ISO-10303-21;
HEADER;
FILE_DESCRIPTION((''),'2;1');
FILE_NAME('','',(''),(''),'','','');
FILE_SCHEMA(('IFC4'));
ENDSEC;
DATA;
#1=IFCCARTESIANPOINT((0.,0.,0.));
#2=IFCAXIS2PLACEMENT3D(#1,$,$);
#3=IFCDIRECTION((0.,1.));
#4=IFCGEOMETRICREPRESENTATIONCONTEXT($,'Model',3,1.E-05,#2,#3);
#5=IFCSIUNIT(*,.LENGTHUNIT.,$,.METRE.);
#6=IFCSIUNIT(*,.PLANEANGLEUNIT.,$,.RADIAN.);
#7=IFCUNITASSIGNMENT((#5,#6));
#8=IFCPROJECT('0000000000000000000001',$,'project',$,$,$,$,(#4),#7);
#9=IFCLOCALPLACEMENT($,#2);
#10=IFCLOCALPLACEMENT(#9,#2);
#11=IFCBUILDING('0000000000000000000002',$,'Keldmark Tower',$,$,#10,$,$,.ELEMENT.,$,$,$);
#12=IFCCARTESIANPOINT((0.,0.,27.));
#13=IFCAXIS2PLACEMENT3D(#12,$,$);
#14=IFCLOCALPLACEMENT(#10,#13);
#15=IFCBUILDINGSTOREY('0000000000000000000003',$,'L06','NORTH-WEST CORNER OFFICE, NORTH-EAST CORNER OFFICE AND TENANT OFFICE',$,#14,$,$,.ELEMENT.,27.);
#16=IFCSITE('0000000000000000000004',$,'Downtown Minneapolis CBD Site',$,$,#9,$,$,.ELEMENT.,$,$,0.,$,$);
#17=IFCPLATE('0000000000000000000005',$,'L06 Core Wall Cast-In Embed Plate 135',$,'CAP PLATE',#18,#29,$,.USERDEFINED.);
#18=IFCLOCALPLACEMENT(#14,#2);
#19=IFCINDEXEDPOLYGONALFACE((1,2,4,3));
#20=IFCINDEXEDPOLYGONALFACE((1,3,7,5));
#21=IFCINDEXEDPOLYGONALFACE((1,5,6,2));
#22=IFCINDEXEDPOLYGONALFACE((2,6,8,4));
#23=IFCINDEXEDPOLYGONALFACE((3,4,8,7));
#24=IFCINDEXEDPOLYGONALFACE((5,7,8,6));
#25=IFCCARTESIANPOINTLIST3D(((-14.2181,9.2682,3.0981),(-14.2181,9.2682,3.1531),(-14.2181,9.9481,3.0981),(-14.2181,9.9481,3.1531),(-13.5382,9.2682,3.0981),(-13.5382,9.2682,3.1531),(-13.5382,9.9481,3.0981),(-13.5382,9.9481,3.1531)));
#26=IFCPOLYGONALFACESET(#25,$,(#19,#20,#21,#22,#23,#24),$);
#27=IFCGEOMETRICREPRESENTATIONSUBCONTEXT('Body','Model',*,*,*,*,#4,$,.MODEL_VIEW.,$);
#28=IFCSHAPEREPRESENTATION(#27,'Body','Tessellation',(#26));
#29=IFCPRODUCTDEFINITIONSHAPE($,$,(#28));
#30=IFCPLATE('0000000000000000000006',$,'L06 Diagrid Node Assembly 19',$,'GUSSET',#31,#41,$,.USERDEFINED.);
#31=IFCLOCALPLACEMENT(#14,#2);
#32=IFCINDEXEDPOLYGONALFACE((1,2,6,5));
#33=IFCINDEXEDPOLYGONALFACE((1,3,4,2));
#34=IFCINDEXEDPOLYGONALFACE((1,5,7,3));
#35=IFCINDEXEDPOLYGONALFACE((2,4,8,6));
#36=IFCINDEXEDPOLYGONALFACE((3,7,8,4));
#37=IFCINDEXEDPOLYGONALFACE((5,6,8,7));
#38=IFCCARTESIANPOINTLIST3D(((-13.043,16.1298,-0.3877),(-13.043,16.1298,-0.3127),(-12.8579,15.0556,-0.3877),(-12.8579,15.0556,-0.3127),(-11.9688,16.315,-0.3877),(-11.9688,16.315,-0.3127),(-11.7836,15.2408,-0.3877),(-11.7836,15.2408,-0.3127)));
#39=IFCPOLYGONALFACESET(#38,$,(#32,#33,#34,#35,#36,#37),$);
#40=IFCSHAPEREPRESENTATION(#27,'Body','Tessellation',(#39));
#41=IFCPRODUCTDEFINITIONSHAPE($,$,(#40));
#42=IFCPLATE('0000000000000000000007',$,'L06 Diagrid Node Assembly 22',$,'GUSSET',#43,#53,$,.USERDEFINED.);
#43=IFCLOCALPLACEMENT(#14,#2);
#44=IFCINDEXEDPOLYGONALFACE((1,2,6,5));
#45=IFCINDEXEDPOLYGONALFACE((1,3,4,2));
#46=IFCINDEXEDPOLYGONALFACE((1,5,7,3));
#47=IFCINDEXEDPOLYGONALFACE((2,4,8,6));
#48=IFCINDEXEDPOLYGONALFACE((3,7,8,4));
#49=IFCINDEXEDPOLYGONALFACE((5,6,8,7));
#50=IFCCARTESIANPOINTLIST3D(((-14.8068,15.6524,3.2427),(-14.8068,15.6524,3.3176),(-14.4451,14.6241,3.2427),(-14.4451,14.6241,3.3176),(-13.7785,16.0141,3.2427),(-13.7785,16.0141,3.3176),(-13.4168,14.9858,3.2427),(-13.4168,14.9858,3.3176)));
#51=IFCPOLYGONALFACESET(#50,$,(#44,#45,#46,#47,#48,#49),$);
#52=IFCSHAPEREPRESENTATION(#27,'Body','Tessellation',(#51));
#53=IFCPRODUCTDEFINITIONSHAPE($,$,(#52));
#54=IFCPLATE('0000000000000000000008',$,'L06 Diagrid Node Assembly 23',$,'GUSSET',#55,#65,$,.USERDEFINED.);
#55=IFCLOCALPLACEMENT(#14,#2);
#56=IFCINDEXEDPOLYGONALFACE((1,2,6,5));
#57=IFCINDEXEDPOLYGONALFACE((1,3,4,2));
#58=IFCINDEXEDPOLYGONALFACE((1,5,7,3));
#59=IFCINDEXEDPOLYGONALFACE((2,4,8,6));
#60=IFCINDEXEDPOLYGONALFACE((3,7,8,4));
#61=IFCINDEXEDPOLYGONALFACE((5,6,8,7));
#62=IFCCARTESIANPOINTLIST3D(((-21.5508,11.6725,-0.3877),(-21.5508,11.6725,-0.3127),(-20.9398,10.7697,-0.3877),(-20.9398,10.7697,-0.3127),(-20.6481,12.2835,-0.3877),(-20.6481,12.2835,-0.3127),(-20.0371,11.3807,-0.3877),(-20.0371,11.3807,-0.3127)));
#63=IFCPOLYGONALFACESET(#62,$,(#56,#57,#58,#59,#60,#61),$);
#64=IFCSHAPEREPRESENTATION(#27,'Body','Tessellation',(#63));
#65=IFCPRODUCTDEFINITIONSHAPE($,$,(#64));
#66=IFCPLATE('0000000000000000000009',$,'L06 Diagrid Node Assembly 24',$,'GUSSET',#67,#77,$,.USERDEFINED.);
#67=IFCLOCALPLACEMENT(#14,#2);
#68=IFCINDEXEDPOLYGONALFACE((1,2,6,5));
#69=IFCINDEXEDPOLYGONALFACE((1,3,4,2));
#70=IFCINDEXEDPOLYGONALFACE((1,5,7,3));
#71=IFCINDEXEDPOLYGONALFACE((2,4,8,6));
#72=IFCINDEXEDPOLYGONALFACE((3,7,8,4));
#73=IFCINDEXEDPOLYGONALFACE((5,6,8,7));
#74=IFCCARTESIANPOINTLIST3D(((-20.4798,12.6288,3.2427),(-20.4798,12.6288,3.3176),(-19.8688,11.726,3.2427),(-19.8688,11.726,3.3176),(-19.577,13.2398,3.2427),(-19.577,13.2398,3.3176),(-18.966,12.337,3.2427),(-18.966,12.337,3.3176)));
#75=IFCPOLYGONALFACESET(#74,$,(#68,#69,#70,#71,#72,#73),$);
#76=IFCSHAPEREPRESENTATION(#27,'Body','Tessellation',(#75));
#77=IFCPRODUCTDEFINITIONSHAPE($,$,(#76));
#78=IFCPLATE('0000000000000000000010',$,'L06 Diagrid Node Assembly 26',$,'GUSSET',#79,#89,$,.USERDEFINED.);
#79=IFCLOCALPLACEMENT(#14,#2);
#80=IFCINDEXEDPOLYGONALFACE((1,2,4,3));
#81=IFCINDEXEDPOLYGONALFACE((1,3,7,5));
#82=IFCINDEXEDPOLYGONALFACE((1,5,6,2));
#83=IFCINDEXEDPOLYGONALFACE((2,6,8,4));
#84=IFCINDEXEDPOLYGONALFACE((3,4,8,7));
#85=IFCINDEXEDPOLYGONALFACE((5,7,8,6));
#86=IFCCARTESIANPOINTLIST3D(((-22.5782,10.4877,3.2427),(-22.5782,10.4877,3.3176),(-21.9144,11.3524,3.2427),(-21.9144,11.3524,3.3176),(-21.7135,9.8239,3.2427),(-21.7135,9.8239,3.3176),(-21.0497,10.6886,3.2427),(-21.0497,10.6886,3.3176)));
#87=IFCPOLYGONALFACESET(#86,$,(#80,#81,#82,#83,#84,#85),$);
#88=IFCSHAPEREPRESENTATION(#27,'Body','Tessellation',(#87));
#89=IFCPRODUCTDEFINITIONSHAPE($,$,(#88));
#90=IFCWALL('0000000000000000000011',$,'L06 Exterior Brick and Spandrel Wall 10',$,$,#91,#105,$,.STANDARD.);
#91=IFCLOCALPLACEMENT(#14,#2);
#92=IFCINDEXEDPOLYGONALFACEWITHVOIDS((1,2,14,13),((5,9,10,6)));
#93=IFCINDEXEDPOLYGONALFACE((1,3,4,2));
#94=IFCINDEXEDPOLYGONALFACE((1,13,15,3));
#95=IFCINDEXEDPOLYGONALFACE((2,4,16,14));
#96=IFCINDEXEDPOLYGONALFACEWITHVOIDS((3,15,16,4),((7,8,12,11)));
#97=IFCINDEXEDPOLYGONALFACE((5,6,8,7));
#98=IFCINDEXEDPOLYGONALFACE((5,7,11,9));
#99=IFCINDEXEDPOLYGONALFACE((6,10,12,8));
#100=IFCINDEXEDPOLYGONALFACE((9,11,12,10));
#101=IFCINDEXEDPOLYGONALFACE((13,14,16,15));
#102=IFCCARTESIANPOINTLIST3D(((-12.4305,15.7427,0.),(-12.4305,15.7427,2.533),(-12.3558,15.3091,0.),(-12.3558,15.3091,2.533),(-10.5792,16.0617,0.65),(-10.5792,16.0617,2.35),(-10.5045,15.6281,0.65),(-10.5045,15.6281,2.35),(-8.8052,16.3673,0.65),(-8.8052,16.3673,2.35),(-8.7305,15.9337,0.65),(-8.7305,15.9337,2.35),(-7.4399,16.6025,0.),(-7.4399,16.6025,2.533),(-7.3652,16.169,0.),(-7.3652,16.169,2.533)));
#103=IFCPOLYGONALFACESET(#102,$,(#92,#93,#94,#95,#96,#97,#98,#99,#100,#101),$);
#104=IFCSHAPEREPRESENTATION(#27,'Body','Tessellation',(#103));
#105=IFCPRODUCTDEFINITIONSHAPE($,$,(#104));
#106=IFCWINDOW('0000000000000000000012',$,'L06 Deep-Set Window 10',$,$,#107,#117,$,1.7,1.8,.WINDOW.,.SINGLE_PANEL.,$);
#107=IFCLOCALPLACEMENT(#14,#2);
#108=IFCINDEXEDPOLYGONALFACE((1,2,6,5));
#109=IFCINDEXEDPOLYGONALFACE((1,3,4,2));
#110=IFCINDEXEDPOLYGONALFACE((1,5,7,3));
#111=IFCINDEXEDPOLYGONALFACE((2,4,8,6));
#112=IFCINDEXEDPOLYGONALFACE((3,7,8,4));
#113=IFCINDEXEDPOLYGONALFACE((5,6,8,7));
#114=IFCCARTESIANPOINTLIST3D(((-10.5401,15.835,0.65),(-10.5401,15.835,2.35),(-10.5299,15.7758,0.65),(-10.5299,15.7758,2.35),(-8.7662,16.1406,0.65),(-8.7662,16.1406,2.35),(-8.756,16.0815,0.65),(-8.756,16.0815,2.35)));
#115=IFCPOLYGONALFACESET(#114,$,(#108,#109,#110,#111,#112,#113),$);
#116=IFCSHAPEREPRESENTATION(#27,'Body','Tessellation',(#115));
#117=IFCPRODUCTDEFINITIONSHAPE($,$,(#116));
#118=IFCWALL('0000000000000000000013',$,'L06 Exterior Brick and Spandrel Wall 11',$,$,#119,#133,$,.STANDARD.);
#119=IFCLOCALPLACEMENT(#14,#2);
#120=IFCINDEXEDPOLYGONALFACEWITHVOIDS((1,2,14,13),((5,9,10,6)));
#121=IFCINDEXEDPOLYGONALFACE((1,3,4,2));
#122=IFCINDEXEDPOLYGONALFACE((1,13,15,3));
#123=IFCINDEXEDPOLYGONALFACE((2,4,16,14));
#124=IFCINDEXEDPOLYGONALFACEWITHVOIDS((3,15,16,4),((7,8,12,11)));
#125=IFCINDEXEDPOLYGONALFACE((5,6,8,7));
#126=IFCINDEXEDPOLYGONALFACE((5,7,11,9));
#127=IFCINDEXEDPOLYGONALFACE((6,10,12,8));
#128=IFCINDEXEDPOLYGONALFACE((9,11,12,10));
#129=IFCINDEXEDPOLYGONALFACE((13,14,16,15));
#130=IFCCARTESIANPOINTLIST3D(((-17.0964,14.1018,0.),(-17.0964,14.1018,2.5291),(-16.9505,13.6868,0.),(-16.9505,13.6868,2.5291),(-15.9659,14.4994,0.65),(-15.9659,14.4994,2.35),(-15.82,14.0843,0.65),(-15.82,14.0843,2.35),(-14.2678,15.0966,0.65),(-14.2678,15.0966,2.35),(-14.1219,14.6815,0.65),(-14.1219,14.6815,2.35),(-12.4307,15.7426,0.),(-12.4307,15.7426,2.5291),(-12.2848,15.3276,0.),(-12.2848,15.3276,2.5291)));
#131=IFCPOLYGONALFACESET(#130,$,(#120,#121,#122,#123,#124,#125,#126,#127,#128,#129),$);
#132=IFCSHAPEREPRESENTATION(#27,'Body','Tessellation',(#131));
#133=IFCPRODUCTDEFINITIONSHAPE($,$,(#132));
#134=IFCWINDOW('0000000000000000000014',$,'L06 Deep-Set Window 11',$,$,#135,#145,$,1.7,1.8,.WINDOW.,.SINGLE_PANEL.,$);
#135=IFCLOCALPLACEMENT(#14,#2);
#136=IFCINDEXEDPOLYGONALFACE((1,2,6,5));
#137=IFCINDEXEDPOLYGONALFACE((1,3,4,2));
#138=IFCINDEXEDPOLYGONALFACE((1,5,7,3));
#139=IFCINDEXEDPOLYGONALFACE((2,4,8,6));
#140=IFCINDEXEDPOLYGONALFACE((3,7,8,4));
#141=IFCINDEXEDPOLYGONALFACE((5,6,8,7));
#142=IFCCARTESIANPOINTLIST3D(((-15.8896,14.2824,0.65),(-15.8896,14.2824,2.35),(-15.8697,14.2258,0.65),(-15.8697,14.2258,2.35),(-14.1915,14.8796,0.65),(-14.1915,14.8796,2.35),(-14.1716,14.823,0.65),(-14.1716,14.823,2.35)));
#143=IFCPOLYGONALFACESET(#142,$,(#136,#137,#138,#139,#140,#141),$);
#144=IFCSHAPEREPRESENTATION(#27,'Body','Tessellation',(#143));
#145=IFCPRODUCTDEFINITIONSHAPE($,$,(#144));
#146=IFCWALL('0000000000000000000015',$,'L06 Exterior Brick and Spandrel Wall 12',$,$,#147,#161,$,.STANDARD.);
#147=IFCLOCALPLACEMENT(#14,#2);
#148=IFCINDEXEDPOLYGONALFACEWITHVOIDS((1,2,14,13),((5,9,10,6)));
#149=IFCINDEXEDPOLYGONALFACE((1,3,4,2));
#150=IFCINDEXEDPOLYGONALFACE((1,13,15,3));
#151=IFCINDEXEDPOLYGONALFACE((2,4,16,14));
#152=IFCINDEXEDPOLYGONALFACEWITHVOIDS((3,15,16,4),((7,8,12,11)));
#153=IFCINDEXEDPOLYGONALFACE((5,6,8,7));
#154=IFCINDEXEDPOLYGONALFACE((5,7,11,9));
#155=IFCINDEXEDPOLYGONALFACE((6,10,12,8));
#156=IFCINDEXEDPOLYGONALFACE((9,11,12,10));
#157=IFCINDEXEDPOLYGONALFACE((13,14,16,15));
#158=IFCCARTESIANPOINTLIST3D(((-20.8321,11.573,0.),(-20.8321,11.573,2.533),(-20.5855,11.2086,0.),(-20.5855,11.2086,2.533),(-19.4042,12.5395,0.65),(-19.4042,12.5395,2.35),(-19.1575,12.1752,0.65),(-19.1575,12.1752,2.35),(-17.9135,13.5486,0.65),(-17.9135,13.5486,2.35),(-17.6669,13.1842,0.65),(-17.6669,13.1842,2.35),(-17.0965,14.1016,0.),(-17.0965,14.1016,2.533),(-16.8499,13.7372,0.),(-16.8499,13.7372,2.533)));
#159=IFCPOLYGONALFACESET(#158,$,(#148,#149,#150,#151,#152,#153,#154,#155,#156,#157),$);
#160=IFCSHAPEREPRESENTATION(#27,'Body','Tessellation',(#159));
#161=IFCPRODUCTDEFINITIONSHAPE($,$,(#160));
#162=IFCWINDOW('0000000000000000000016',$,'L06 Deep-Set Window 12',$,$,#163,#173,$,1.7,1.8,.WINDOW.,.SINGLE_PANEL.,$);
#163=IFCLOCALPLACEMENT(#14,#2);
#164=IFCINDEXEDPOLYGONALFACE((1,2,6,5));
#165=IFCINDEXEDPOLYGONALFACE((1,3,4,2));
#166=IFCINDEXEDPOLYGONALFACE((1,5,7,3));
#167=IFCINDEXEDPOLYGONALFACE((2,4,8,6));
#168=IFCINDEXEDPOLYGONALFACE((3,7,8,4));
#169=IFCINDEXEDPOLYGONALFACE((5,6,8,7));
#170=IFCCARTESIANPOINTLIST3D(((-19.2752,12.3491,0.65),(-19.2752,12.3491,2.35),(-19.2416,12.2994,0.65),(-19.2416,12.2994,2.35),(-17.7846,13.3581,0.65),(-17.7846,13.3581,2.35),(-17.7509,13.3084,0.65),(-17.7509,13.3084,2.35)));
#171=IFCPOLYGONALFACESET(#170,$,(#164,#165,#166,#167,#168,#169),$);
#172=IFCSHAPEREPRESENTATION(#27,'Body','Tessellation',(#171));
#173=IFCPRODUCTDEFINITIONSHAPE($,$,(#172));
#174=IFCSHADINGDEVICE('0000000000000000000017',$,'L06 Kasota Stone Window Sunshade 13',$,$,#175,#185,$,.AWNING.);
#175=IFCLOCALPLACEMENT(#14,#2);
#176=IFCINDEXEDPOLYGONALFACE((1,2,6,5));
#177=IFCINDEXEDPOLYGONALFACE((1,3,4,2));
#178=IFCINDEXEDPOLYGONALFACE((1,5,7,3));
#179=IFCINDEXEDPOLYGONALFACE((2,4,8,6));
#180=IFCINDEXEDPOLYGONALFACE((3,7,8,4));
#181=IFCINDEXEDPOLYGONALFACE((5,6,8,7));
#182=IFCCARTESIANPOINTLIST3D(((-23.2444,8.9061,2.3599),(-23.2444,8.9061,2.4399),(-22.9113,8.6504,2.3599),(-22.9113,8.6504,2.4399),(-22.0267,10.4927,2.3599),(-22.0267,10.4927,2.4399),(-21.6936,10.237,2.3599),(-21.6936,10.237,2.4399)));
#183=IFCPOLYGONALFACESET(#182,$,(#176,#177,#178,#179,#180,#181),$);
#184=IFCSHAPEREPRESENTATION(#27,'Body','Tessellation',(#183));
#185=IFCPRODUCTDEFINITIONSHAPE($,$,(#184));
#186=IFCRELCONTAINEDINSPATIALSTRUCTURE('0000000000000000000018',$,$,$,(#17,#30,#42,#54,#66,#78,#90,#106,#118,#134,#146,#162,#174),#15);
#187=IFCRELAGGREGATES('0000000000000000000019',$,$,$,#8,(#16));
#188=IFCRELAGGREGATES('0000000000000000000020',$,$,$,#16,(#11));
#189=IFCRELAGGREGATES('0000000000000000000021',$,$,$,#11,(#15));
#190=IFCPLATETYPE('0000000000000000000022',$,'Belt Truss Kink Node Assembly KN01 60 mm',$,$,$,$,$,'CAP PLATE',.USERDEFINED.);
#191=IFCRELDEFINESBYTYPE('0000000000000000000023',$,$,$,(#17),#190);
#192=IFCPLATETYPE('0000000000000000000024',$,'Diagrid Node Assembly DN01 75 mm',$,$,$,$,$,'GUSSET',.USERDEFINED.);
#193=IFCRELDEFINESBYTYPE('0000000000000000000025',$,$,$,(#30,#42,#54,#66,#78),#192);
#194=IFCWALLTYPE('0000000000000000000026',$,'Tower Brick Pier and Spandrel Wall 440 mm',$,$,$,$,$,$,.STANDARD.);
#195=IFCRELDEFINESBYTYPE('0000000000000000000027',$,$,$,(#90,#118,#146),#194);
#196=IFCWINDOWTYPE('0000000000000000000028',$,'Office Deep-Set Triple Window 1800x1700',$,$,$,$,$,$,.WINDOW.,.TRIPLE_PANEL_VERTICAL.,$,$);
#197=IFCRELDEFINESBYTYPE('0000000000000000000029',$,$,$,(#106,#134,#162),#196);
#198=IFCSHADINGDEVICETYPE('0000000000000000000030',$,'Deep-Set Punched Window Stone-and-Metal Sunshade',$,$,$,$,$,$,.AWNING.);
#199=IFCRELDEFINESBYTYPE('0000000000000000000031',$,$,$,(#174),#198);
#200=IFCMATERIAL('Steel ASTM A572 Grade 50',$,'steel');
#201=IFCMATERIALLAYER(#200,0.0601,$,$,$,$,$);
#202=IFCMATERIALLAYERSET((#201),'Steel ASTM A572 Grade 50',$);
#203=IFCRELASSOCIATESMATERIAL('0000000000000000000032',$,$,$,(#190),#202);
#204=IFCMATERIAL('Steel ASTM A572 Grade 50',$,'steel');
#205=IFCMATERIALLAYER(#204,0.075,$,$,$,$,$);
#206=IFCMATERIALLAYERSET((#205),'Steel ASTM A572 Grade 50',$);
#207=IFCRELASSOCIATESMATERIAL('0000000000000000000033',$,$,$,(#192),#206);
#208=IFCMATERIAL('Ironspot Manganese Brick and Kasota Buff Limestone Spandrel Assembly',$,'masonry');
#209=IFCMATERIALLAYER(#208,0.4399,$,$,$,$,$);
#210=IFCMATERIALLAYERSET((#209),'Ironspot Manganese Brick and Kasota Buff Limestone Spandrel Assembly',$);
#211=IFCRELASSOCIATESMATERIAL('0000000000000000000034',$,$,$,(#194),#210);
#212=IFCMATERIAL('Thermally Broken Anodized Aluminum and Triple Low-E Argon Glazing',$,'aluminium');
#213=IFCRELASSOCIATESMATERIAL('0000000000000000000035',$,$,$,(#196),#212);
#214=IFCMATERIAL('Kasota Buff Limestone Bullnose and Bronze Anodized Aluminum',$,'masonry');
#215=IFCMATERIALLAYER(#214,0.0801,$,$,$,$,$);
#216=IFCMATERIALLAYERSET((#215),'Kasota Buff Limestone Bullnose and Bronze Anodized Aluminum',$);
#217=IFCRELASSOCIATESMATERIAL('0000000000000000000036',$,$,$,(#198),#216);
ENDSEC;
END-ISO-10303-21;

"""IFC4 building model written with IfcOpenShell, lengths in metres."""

from ifc_helpers import new_model, si_unit, direction, frame, frame_2d, origin, origin_2d, place, context, subcontext, project, spatial, rectangle, extrude, material, layer, layer_set, type_object, element, fill, save


model = new_model("IFC4")

# Units and contexts
model_context = context("Model", 3, precision=1e-05, world=origin(), true_north=direction((0.0, 1.0)))
body_context = subcontext(model_context, "Body", "Model", "MODEL_VIEW")
ifc_project = project(units=[si_unit("LENGTHUNIT", "METRE"), si_unit("PLANEANGLEUNIT", "RADIAN")], contexts=[model_context])

# Site, building, storey
site_placement = place(None, origin())
site = spatial("IfcSite", under=ifc_project, at=site_placement, Name="Downtown Minneapolis CBD Site", CompositionType="ELEMENT", RefElevation=0.0)
building_placement = place(site_placement, origin())
building = spatial("IfcBuilding", under=site, at=building_placement, Name="Keldmark Tower", CompositionType="ELEMENT")
storey_placement = place(building_placement, frame((0.0, 0.0, 27.0)))
storey = spatial("IfcBuildingStorey", under=building, at=storey_placement, Name="L06", Description="NORTH-WEST CORNER OFFICE, NORTH-EAST CORNER OFFICE AND TENANT OFFICE", CompositionType="ELEMENT", Elevation=27.0)

# Plates
ifc_material_1 = material(Name="Steel ASTM A572 Grade 50", Category="steel")
ifc_layer_1 = layer(ifc_material_1, 0.0601)
ifc_layer_set_1 = layer_set([ifc_layer_1], Name="Steel ASTM A572 Grade 50")
plate_type_1 = type_object("IfcPlateType", Name="Belt Truss Kink Node Assembly KN01 60 mm", ElementType="CAP PLATE", PredefinedType="USERDEFINED", material=ifc_layer_set_1)
plate_placement = place(storey_placement, frame((-13.8782, 9.6082, 3.0981), z_axis=(0.0, 0.0, 1.0), x_axis=(1.0, 0.0, 0.0)))
element("IfcPlate", 1, at=plate_placement, inside=storey, type_object=plate_type_1, Name="L06 Core Wall Cast-In Embed Plate 135", ObjectType="CAP PLATE", PredefinedType="USERDEFINED", context=body_context, shape_type="SweptSolid", body=[
    extrude(rectangle(XDim=0.6799, YDim=0.6799, at=origin_2d()), origin(), (0.0, 0.0, 1.0), 0.0549),
])
ifc_material_2 = material(Name="Steel ASTM A572 Grade 50", Category="steel")
ifc_layer_2 = layer(ifc_material_2, 0.075)
ifc_layer_set_2 = layer_set([ifc_layer_2], Name="Steel ASTM A572 Grade 50")
plate_type_2 = type_object("IfcPlateType", Name="Diagrid Node Assembly DN01 75 mm", ElementType="GUSSET", PredefinedType="USERDEFINED", material=ifc_layer_set_2)
for number, where, z_axis, x_axis, name in (
    (2, (-12.4133, 15.6853, -0.3877), (0.0, 0.0, 1.0), (-0.985467, -0.169866, 0.0), "L06 Diagrid Node Assembly 19"),
    (3, (-14.1118, 15.3191, 3.2427), (0.0, 0.0, 1.0), (-0.943339, -0.331832, 0.0), "L06 Diagrid Node Assembly 22"),
    (4, (-20.7939, 11.5266, -0.3877), (0.0, 0.0, 1.0), (-0.828158, -0.560494, 0.0), "L06 Diagrid Node Assembly 23"),
    (5, (-19.7229, 12.4829, 3.2427), (0.0, 0.0, 1.0), (-0.828158, -0.560494, 0.0), "L06 Diagrid Node Assembly 24"),
    (6, (-21.814, 10.5881, 3.2427), (0.0, 0.0, 1.0), (-0.6089, -0.793247, 0.0), "L06 Diagrid Node Assembly 26"),
):
    element("IfcPlate", number, at=place(storey_placement, frame(where, z_axis=z_axis, x_axis=x_axis)), inside=storey, type_object=plate_type_2, Name=name, ObjectType="GUSSET", PredefinedType="USERDEFINED", context=body_context, shape_type="SweptSolid", body=[
        extrude(rectangle(XDim=1.0901, YDim=1.0901, at=origin_2d()), origin(), (0.0, 0.0, 1.0), 0.075),
    ])

# Walls, openings, windows
ifc_material_3 = material(Name="Ironspot Manganese Brick and Kasota Buff Limestone Spandrel Assembly", Category="masonry")
ifc_layer_3 = layer(ifc_material_3, 0.4399)
ifc_layer_set_3 = layer_set([ifc_layer_3], Name="Ironspot Manganese Brick and Kasota Buff Limestone Spandrel Assembly")
wall_type = type_object("IfcWallType", Name="Tower Brick Pier and Spandrel Wall 440 mm", PredefinedType="STANDARD", material=ifc_layer_set_3)
wall_1_placement = place(storey_placement, frame((-12.3933, 15.5259, 0.0), z_axis=(0.0, 0.0, 1.0), x_axis=(0.98548, 0.169791, 0.0)))
wall_1 = element("IfcWall", 7, at=wall_1_placement, inside=storey, type_object=wall_type, Name="L06 Exterior Brick and Spandrel Wall 10", PredefinedType="STANDARD", context=body_context, shape_type="SweptSolid", body=[
    extrude(rectangle(XDim=5.0642, YDim=0.4399, at=frame_2d((2.5322, 0.0))), origin(), (0.0, 0.0, 1.0), 2.533),
])
opening_1_placement = place(wall_1_placement, frame((1.8789, 0.0, 0.6499)))
opening_1 = element("IfcOpeningElement", 8, at=opening_1_placement, cuts=wall_1, PredefinedType="OPENING", context=body_context, shape_type="SweptSolid", body=[
    extrude(rectangle(XDim=1.8, YDim=1.7, at=frame_2d((0.8999, 0.8501))), frame((0.0, 0.23, 0.0), z_axis=(0.0, -1.0, 0.0), x_axis=(1.0, 0.0, 0.0)), (0.0, 0.0, 1.0), 0.46),
])
ifc_material_4 = material(Name="Thermally Broken Anodized Aluminum and Triple Low-E Argon Glazing", Category="aluminium")
window_type = type_object("IfcWindowType", Name="Office Deep-Set Triple Window 1800x1700", PartitioningType="TRIPLE_PANEL_VERTICAL", PredefinedType="WINDOW", material=ifc_material_4)
window_1_placement = place(opening_1_placement, origin())
window_1 = element("IfcWindow", 9, at=window_1_placement, inside=storey, type_object=window_type, Name="L06 Deep-Set Window 10", OverallHeight=1.7, OverallWidth=1.8, PartitioningType="SINGLE_PANEL", PredefinedType="WINDOW", context=body_context, shape_type="SweptSolid", body=[
    extrude(rectangle(XDim=1.8, YDim=1.7, at=frame_2d((0.8999, 0.8501))), frame((0.0, -0.01, 0.0), z_axis=(0.0, -1.0, 0.0), x_axis=(1.0, 0.0, 0.0)), (0.0, 0.0, 1.0), 0.0601),
])
fill(opening_1, window_1)
wall_2_placement = place(storey_placement, frame((-17.0234, 13.8943, 0.0), z_axis=(0.0, 0.0, 1.0), x_axis=(0.943362, 0.331764, 0.0)))
wall_2 = element("IfcWall", 10, at=wall_2_placement, inside=storey, type_object=wall_type, Name="L06 Exterior Brick and Spandrel Wall 11", PredefinedType="STANDARD", context=body_context, shape_type="SweptSolid", body=[
    extrude(rectangle(XDim=4.9458, YDim=0.4399, at=frame_2d((2.4729, 0.0))), origin(), (0.0, 0.0, 1.0), 2.5291),
])
opening_2_placement = place(wall_2_placement, frame((1.1985, 0.0, 0.6499)))
opening_2 = element("IfcOpeningElement", 11, at=opening_2_placement, cuts=wall_2, PredefinedType="OPENING", context=body_context, shape_type="SweptSolid", body=[
    extrude(rectangle(XDim=1.8, YDim=1.7, at=frame_2d((0.8999, 0.8501))), frame((0.0, 0.23, 0.0), z_axis=(0.0, -1.0, 0.0), x_axis=(1.0, 0.0, 0.0)), (0.0, 0.0, 1.0), 0.46),
])
window_2_placement = place(opening_2_placement, origin())
window_2 = element("IfcWindow", 12, at=window_2_placement, inside=storey, type_object=window_type, Name="L06 Deep-Set Window 11", OverallHeight=1.7, OverallWidth=1.8, PartitioningType="SINGLE_PANEL", PredefinedType="WINDOW", context=body_context, shape_type="SweptSolid", body=[
    extrude(rectangle(XDim=1.8, YDim=1.7, at=frame_2d((0.8999, 0.8501))), frame((0.0, -0.01, 0.0), z_axis=(0.0, -1.0, 0.0), x_axis=(1.0, 0.0, 0.0)), (0.0, 0.0, 1.0), 0.0601),
])
fill(opening_2, window_2)
wall_3_placement = place(storey_placement, frame((-20.7087, 11.3909, 0.0), z_axis=(0.0, 0.0, 1.0), x_axis=(0.828125, 0.560544, 0.0)))
wall_3 = element("IfcWall", 13, at=wall_3_placement, inside=storey, type_object=wall_type, Name="L06 Exterior Brick and Spandrel Wall 12", PredefinedType="STANDARD", context=body_context, shape_type="SweptSolid", body=[
    extrude(rectangle(XDim=4.511, YDim=0.4399, at=frame_2d((2.2554, 0.0))), origin(), (0.0, 0.0, 1.0), 2.533),
])
opening_3_placement = place(wall_3_placement, frame((1.7244, 0.0, 0.6499)))
opening_3 = element("IfcOpeningElement", 14, at=opening_3_placement, cuts=wall_3, PredefinedType="OPENING", context=body_context, shape_type="SweptSolid", body=[
    extrude(rectangle(XDim=1.8, YDim=1.7, at=frame_2d((0.8999, 0.8501))), frame((0.0, 0.23, 0.0), z_axis=(0.0, -1.0, 0.0), x_axis=(1.0, 0.0, 0.0)), (0.0, 0.0, 1.0), 0.46),
])
window_3_placement = place(opening_3_placement, origin())
window_3 = element("IfcWindow", 15, at=window_3_placement, inside=storey, type_object=window_type, Name="L06 Deep-Set Window 12", OverallHeight=1.7, OverallWidth=1.8, PartitioningType="SINGLE_PANEL", PredefinedType="WINDOW", context=body_context, shape_type="SweptSolid", body=[
    extrude(rectangle(XDim=1.8, YDim=1.7, at=frame_2d((0.8999, 0.8501))), frame((0.0, -0.01, 0.0), z_axis=(0.0, -1.0, 0.0), x_axis=(1.0, 0.0, 0.0)), (0.0, 0.0, 1.0), 0.0601),
])
fill(opening_3, window_3)

# Shading device
ifc_material_5 = material(Name="Kasota Buff Limestone Bullnose and Bronze Anodized Aluminum", Category="masonry")
ifc_layer_4 = layer(ifc_material_5, 0.0801)
ifc_layer_set_4 = layer_set([ifc_layer_4], Name="Kasota Buff Limestone Bullnose and Bronze Anodized Aluminum")
shading_device_type = type_object("IfcShadingDeviceType", Name="Deep-Set Punched Window Stone-and-Metal Sunshade", PredefinedType="AWNING", material=ifc_layer_set_4)
shading_device_placement = place(storey_placement, frame((-22.469, 9.5715, 2.3599), z_axis=(0.0, 0.0, 1.0), x_axis=(0.608831, 0.7933, 0.0)))
element("IfcShadingDevice", 16, at=shading_device_placement, inside=storey, type_object=shading_device_type, Name="L06 Kasota Stone Window Sunshade 13", PredefinedType="AWNING", context=body_context, shape_type="SweptSolid", body=[
    extrude(rectangle(XDim=2.0, YDim=0.4199, at=origin_2d()), origin(), (0.0, 0.0, 1.0), 0.0801),
])

save(model, "model.ifc")
